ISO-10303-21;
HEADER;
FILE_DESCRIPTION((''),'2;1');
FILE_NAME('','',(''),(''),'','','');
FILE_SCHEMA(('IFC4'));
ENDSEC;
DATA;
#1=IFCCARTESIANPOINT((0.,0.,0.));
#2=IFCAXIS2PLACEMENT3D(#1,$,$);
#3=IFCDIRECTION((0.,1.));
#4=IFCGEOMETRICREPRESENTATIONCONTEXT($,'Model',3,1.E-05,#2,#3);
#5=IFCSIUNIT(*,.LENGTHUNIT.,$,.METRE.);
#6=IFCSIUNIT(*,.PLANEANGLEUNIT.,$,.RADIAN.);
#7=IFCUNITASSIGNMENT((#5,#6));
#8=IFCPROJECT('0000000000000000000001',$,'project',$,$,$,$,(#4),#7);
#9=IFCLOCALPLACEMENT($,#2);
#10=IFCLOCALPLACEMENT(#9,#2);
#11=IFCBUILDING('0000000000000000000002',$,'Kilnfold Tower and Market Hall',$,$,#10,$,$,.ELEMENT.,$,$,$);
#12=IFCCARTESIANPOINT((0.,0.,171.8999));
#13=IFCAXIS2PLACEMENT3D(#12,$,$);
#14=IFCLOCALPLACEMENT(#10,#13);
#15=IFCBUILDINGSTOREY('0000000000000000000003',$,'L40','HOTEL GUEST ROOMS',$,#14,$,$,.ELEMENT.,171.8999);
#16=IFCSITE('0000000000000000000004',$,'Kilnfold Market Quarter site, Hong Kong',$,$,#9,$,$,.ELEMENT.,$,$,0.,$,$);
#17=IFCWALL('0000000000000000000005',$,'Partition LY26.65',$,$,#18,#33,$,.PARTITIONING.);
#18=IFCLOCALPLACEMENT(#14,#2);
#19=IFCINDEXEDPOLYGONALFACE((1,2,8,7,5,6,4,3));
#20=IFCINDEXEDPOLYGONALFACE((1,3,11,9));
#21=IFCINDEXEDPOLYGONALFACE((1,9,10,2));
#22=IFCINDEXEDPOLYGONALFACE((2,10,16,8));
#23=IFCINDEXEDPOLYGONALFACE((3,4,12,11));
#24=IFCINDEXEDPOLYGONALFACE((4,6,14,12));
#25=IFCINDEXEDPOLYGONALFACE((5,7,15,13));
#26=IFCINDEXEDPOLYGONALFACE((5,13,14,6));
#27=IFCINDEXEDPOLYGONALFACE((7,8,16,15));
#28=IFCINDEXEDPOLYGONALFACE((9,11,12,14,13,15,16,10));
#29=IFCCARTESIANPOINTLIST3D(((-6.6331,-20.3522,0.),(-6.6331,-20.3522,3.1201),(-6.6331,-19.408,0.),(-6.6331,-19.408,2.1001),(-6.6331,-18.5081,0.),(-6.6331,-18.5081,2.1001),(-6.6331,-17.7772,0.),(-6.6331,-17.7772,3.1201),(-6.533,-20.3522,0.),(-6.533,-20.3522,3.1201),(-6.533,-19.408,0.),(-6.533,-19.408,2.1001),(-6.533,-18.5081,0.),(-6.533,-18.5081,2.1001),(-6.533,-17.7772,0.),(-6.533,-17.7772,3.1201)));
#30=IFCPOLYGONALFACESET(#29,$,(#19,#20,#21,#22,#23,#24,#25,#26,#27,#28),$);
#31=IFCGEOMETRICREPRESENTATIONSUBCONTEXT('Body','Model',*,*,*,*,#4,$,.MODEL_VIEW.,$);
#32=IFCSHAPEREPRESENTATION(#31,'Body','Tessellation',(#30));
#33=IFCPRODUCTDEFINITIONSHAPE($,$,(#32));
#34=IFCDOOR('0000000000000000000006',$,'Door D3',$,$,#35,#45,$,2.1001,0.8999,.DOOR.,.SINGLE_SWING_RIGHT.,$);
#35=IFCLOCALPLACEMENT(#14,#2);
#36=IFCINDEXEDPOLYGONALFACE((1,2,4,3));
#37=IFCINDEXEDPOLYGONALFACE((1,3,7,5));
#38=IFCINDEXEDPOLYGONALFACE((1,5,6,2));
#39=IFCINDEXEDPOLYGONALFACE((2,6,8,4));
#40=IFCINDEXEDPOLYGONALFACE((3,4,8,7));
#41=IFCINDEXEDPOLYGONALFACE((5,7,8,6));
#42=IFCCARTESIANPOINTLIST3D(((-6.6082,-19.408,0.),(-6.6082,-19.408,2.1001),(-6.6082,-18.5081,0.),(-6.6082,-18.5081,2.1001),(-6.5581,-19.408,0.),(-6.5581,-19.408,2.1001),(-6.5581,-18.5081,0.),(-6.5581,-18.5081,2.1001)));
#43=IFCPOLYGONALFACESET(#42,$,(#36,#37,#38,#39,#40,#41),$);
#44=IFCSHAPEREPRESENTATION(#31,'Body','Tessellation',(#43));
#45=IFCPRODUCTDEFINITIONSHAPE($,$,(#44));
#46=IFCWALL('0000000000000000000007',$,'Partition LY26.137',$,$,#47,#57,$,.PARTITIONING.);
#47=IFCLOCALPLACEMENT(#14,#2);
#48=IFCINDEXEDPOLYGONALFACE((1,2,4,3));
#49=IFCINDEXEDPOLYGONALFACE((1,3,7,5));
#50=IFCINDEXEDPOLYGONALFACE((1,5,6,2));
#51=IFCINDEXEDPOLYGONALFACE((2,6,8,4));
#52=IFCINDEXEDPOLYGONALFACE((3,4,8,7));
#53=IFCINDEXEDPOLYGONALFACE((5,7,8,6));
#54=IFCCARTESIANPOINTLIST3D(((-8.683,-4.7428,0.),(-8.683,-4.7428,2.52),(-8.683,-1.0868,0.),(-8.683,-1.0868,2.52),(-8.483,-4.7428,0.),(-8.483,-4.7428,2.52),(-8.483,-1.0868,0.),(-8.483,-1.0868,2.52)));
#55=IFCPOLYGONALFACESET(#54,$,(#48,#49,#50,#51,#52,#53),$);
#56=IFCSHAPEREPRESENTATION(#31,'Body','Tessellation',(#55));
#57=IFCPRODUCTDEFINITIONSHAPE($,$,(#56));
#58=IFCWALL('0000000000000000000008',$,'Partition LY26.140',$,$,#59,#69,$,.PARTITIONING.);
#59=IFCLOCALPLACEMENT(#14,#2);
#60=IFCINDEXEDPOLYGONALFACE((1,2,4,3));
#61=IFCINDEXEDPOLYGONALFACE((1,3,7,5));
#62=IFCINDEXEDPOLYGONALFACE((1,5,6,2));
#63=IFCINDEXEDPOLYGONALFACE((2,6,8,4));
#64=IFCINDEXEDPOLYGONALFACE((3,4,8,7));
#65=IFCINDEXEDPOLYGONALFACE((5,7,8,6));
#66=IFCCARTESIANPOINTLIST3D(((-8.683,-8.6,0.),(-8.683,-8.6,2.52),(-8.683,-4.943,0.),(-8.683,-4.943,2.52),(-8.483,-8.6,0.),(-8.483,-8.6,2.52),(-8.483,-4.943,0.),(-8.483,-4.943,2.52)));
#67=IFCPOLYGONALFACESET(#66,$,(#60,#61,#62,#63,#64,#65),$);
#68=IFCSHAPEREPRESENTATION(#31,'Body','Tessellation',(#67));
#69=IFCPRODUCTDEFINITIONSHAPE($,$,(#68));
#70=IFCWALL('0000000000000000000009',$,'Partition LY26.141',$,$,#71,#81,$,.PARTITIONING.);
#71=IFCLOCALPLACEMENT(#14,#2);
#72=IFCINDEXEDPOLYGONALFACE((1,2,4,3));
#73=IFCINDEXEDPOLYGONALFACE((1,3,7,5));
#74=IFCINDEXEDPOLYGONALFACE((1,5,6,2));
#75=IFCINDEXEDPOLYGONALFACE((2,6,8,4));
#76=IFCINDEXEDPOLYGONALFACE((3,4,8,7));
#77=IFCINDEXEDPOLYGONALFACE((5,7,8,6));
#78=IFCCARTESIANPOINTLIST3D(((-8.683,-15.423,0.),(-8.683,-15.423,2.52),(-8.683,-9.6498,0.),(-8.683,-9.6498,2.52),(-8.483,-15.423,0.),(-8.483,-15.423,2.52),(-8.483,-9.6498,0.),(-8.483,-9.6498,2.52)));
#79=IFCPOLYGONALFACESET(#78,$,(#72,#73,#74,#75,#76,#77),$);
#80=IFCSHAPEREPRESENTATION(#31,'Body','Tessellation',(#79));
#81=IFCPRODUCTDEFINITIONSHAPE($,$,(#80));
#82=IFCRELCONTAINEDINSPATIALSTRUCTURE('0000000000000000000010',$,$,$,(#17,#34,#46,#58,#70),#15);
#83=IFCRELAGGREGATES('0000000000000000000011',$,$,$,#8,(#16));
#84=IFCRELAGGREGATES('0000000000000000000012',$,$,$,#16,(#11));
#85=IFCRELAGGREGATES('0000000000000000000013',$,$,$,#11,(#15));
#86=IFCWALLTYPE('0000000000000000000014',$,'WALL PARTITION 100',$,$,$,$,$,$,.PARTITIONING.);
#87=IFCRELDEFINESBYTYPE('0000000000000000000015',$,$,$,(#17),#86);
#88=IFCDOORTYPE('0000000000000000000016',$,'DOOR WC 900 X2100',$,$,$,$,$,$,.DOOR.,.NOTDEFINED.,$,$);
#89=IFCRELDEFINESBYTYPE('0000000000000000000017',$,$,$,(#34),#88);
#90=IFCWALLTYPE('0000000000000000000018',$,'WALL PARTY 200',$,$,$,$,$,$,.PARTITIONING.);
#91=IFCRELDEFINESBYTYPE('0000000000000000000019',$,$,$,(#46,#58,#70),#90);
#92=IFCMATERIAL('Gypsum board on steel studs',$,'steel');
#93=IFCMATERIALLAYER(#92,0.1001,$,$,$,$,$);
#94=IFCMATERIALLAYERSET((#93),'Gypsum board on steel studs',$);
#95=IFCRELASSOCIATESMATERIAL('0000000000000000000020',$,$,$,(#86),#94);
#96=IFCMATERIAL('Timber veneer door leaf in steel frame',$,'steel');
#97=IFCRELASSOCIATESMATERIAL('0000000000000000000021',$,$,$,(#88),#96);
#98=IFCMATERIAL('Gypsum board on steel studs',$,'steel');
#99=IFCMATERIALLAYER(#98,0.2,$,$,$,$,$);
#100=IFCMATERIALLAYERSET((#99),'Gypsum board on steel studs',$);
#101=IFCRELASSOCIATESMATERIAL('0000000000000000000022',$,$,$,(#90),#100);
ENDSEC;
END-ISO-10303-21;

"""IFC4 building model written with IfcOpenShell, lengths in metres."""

from ifc_helpers import new_model, si_unit, direction, frame, frame_2d, origin, place, context, subcontext, project, spatial, rectangle, extrude, material, layer, layer_set, type_object, element, fill, save


model = new_model("IFC4")

# Units and contexts
model_context = context("Model", 3, precision=1e-05, world=origin(), true_north=direction((0.0, 1.0)))
body_context = subcontext(model_context, "Body", "Model", "MODEL_VIEW")
ifc_project = project(units=[si_unit("LENGTHUNIT", "METRE"), si_unit("PLANEANGLEUNIT", "RADIAN")], contexts=[model_context])

# Site, building, storey
site_placement = place(None, origin())
site = spatial("IfcSite", under=ifc_project, at=site_placement, Name="Kilnfold Market Quarter site, Hong Kong", CompositionType="ELEMENT", RefElevation=0.0)
building_placement = place(site_placement, origin())
building = spatial("IfcBuilding", under=site, at=building_placement, Name="Kilnfold Tower and Market Hall", CompositionType="ELEMENT")
storey_placement = place(building_placement, frame((0.0, 0.0, 171.8999)))
storey = spatial("IfcBuildingStorey", under=building, at=storey_placement, Name="L40", Description="HOTEL GUEST ROOMS", CompositionType="ELEMENT", Elevation=171.8999)

# Wall, opening, door
ifc_material_1 = material(Name="Gypsum board on steel studs", Category="steel")
ifc_layer_1 = layer(ifc_material_1, 0.1001)
ifc_layer_set_1 = layer_set([ifc_layer_1], Name="Gypsum board on steel studs")
wall_type_1 = type_object("IfcWallType", Name="WALL PARTITION 100", PredefinedType="PARTITIONING", material=ifc_layer_set_1)
wall_1_placement = place(storey_placement, frame((-6.583, -17.7771, 0.0), z_axis=(0.0, 0.0, 1.0), x_axis=(0.0, -1.0, 0.0)))
wall_1 = element("IfcWall", 1, at=wall_1_placement, inside=storey, type_object=wall_type_1, Name="Partition LY26.65", PredefinedType="PARTITIONING", context=body_context, shape_type="SweptSolid", body=[
    extrude(rectangle(XDim=2.575, YDim=0.1001, at=frame_2d((1.2876, 0.0))), origin(), (0.0, 0.0, 1.0), 3.1201),
])
opening_1_placement = place(wall_1_placement, frame((0.731, 0.0, 0.0)))
opening_1 = element("IfcOpeningElement", 2, at=opening_1_placement, cuts=wall_1, PredefinedType="OPENING", context=body_context, shape_type="SweptSolid", body=[
    extrude(rectangle(XDim=0.8999, YDim=2.1001, at=frame_2d((0.45, 1.05))), frame((0.0, 0.0601, 0.0), z_axis=(0.0, -1.0, 0.0), x_axis=(1.0, 0.0, 0.0)), (0.0, 0.0, 1.0), 0.1201),
])
ifc_material_2 = material(Name="Timber veneer door leaf in steel frame", Category="steel")
door_type_1 = type_object("IfcDoorType", Name="DOOR WC 900 X2100", OperationType="NOTDEFINED", PredefinedType="DOOR", material=ifc_material_2)
door_1_placement = place(opening_1_placement, origin())
door_1 = element("IfcDoor", 3, at=door_1_placement, inside=storey, type_object=door_type_1, Name="Door D3", OperationType="SINGLE_SWING_RIGHT", OverallHeight=2.1001, OverallWidth=0.8999, PredefinedType="DOOR", context=body_context, shape_type="SweptSolid", body=[
    extrude(rectangle(XDim=0.8999, YDim=2.1001, at=frame_2d((0.45, 1.05))), frame((0.0, 0.0249, 0.0), z_axis=(0.0, -1.0, 0.0), x_axis=(1.0, 0.0, 0.0)), (0.0, 0.0, 1.0), 0.05),
])
fill(opening_1, door_1)

# Walls
ifc_material_3 = material(Name="Gypsum board on steel studs", Category="steel")
ifc_layer_2 = layer(ifc_material_3, 0.2)
ifc_layer_set_2 = layer_set([ifc_layer_2], Name="Gypsum board on steel studs")
wall_type_2 = type_object("IfcWallType", Name="WALL PARTY 200", PredefinedType="PARTITIONING", material=ifc_layer_set_2)
wall_2_placement = place(storey_placement, frame((-8.583, -4.7429, 0.0), z_axis=(0.0, 0.0, 1.0), x_axis=(0.0, 1.0, 0.0)))
element("IfcWall", 4, at=wall_2_placement, inside=storey, type_object=wall_type_2, Name="Partition LY26.137", PredefinedType="PARTITIONING", context=body_context, shape_type="SweptSolid", body=[
    extrude(rectangle(XDim=3.656, YDim=0.2, at=frame_2d((1.8281, 0.0))), origin(), (0.0, 0.0, 1.0), 2.52),
])
wall_3_placement = place(storey_placement, frame((-8.583, -8.6001, 0.0), z_axis=(0.0, 0.0, 1.0), x_axis=(0.0, 1.0, 0.0)))
element("IfcWall", 5, at=wall_3_placement, inside=storey, type_object=wall_type_2, Name="Partition LY26.140", PredefinedType="PARTITIONING", context=body_context, shape_type="SweptSolid", body=[
    extrude(rectangle(XDim=3.657, YDim=0.2, at=frame_2d((1.8286, 0.0))), origin(), (0.0, 0.0, 1.0), 2.52),
])
wall_4_placement = place(storey_placement, frame((-8.583, -15.4231, 0.0), z_axis=(0.0, 0.0, 1.0), x_axis=(0.0, 1.0, 0.0)))
element("IfcWall", 6, at=wall_4_placement, inside=storey, type_object=wall_type_2, Name="Partition LY26.141", PredefinedType="PARTITIONING", context=body_context, shape_type="SweptSolid", body=[
    extrude(rectangle(XDim=5.7732, YDim=0.2, at=frame_2d((2.8867, 0.0))), origin(), (0.0, 0.0, 1.0), 2.52),
])

save(model, "model.ifc")
